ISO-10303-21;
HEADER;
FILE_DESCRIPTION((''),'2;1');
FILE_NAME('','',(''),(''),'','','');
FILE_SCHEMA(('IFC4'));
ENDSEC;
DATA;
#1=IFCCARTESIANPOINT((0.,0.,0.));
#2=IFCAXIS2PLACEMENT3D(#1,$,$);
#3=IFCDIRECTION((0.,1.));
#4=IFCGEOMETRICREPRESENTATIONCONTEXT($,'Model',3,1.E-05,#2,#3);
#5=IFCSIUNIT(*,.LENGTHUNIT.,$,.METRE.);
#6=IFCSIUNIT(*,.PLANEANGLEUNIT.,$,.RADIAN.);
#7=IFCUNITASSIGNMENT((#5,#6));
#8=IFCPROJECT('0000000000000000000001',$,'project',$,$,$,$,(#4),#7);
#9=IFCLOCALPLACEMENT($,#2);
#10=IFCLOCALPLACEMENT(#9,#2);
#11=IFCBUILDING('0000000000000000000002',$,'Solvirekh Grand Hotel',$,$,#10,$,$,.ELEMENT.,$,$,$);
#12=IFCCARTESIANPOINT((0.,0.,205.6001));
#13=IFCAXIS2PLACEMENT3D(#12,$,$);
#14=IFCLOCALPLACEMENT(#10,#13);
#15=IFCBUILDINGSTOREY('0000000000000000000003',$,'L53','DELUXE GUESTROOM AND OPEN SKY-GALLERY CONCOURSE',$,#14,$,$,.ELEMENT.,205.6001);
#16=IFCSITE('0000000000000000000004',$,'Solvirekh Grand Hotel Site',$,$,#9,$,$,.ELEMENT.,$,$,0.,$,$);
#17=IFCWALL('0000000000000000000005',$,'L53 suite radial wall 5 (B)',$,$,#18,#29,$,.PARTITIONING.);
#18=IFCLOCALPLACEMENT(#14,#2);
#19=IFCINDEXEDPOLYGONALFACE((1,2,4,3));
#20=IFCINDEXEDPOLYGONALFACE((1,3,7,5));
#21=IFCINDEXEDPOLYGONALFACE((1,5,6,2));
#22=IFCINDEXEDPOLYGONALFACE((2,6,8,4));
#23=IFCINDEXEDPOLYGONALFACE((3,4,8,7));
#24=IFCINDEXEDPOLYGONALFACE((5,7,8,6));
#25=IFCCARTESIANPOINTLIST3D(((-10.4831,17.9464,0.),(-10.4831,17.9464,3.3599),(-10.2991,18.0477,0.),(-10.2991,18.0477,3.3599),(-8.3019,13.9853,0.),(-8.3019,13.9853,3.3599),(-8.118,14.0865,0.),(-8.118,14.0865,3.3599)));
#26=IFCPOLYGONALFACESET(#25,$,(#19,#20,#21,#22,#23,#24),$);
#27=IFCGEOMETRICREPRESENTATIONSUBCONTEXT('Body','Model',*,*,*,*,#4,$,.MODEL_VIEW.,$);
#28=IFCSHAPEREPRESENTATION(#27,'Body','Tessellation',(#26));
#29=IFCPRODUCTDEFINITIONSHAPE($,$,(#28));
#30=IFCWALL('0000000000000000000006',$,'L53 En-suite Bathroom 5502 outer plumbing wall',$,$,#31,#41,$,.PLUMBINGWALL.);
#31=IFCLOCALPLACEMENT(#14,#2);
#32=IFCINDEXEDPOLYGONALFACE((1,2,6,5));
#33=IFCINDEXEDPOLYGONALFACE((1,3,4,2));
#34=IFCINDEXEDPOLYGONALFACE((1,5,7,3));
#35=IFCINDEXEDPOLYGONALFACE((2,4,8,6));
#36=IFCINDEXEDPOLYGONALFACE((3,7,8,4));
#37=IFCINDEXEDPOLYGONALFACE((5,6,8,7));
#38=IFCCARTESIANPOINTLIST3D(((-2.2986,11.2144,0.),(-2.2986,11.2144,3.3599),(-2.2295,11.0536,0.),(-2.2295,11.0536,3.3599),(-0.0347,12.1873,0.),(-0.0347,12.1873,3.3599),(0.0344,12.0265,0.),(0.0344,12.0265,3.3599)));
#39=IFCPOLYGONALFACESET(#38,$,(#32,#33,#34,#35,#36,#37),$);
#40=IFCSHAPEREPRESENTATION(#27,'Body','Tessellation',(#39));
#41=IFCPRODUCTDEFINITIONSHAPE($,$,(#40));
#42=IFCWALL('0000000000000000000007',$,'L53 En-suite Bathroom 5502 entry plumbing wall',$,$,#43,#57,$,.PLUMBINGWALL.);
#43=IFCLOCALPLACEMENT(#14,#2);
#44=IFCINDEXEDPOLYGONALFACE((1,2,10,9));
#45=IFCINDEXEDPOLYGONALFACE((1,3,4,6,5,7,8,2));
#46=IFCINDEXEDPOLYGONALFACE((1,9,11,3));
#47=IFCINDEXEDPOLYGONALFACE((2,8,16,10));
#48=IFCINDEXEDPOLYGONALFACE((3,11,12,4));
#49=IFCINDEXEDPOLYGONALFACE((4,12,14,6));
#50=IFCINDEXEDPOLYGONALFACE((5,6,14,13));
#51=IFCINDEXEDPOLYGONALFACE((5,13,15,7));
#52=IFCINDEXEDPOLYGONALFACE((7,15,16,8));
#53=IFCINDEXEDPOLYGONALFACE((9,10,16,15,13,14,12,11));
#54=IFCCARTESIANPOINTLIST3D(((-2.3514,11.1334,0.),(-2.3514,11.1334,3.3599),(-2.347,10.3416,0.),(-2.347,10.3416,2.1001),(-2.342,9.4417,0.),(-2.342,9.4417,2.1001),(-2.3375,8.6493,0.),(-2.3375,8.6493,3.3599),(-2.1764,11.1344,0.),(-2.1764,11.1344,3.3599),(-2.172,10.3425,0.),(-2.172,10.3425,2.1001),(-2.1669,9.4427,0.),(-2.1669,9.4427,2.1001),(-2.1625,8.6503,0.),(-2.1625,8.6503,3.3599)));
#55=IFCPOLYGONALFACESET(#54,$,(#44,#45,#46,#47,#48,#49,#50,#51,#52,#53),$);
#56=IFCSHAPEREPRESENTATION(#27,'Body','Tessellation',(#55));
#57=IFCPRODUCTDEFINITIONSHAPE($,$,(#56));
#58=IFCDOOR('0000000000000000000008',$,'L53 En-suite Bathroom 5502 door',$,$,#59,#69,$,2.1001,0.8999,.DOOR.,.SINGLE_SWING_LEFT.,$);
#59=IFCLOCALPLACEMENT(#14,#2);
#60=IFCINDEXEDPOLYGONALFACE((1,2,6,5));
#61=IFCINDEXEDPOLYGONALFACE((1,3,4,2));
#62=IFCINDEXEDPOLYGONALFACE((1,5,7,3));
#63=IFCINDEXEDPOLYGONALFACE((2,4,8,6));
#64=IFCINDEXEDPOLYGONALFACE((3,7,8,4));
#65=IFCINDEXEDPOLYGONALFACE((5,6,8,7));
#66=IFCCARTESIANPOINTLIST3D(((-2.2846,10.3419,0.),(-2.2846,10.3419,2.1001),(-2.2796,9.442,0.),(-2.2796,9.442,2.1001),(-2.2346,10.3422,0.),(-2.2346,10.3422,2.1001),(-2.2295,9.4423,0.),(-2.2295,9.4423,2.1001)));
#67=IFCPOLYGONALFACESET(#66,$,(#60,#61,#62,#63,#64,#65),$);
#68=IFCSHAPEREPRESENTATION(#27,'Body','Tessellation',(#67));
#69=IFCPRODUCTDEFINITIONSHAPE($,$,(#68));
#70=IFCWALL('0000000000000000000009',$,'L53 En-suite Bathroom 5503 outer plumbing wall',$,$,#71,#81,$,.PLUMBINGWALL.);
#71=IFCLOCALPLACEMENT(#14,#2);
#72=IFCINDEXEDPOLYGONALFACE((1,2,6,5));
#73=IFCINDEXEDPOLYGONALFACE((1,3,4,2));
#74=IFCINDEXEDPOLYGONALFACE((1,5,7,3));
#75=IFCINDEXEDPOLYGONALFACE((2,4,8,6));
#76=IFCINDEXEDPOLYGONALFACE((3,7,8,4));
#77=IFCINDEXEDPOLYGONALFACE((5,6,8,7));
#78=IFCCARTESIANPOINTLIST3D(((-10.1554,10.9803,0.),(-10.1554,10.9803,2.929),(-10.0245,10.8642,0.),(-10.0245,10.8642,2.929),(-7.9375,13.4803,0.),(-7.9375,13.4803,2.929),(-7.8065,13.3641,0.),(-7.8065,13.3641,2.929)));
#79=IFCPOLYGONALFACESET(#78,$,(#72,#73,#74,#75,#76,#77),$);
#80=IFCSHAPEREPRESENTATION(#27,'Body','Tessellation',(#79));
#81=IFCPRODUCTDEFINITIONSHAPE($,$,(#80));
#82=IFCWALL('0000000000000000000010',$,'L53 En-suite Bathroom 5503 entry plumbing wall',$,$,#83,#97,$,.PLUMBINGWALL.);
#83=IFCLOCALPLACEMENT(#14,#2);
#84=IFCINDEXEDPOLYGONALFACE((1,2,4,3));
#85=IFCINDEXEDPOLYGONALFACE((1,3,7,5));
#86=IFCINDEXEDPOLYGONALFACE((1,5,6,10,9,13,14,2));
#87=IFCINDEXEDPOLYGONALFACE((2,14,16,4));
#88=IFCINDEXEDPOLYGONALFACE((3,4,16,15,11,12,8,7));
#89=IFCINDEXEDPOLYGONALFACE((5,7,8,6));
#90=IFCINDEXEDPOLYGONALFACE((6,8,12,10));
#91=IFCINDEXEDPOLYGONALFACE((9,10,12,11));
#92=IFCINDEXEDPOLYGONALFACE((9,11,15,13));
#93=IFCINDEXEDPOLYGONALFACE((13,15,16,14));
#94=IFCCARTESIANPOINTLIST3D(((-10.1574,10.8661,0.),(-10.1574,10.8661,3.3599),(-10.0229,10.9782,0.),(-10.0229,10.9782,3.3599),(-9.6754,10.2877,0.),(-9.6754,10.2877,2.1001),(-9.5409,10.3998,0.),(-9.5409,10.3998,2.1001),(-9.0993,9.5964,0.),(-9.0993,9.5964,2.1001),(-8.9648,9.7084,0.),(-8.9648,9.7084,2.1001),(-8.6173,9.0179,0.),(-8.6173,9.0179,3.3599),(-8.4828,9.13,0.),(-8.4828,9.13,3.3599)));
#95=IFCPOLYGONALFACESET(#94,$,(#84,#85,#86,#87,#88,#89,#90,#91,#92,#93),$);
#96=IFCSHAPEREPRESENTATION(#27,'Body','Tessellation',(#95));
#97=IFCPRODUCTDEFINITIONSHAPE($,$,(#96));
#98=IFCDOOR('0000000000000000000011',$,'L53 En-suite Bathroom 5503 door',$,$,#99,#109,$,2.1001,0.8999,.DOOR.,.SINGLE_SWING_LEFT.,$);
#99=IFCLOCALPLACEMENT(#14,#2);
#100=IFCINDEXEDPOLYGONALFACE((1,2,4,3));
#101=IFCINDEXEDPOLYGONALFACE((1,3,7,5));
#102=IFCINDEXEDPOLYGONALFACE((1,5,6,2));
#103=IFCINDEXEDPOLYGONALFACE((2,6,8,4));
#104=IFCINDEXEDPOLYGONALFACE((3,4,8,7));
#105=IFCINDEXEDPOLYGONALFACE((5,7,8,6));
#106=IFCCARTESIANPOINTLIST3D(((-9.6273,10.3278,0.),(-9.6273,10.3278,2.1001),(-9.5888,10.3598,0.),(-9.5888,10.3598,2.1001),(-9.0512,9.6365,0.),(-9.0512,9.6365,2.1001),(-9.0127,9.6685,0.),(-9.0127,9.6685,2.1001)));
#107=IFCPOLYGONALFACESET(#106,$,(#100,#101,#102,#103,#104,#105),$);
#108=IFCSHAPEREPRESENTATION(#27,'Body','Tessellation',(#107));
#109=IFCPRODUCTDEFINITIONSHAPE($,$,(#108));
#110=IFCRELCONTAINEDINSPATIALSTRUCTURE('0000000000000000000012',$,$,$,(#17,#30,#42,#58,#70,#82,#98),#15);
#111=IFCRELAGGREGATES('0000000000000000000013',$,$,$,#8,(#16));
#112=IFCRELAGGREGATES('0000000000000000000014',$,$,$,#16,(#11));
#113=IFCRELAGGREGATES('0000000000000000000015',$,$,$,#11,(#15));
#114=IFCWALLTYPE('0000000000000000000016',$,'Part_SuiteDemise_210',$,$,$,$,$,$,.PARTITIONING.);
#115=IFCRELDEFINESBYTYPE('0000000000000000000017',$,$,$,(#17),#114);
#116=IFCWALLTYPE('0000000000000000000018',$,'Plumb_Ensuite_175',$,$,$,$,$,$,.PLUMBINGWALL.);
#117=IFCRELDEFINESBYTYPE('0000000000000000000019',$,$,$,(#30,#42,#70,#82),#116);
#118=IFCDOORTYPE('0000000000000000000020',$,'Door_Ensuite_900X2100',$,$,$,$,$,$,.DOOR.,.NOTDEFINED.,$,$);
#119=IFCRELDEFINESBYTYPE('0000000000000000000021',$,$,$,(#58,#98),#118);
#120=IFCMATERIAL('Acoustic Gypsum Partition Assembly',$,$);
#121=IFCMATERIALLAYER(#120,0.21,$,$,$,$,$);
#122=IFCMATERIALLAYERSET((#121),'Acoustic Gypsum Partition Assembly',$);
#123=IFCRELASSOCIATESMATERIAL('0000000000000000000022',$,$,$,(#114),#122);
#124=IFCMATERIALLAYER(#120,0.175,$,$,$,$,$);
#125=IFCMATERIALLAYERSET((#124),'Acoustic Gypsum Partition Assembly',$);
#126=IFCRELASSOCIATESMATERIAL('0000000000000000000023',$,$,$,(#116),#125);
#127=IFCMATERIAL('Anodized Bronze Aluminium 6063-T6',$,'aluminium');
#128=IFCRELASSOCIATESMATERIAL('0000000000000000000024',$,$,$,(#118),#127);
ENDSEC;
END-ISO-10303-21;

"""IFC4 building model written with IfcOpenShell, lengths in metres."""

from ifc_helpers import new_model, si_unit, direction, frame, frame_2d, origin, place, context, subcontext, project, spatial, rectangle, extrude, material, layer, layer_set, type_object, element, fill, save


model = new_model("IFC4")

# Units and contexts
model_context = context("Model", 3, precision=1e-05, world=origin(), true_north=direction((0.0, 1.0)))
body_context = subcontext(model_context, "Body", "Model", "MODEL_VIEW")
ifc_project = project(units=[si_unit("LENGTHUNIT", "METRE"), si_unit("PLANEANGLEUNIT", "RADIAN")], contexts=[model_context])

# Site, building, storey
site_placement = place(None, origin())
site = spatial("IfcSite", under=ifc_project, at=site_placement, Name="Solvirekh Grand Hotel Site", CompositionType="ELEMENT", RefElevation=0.0)
building_placement = place(site_placement, origin())
building = spatial("IfcBuilding", under=site, at=building_placement, Name="Solvirekh Grand Hotel", CompositionType="ELEMENT")
storey_placement = place(building_placement, frame((0.0, 0.0, 205.6001)))
storey = spatial("IfcBuildingStorey", under=building, at=storey_placement, Name="L53", Description="DELUXE GUESTROOM AND OPEN SKY-GALLERY CONCOURSE", CompositionType="ELEMENT", Elevation=205.6001)

# Shared definitions
ifc_material_1 = material(Name="Anodized Bronze Aluminium 6063-T6", Category="aluminium")

# Shared definitions
ifc_material_2 = material(Name="Acoustic Gypsum Partition Assembly")

# Walls
ifc_layer_1 = layer(ifc_material_2, 0.21)
ifc_layer_set_1 = layer_set([ifc_layer_1], Name="Acoustic Gypsum Partition Assembly")
wall_type_1 = type_object("IfcWallType", Name="Part_SuiteDemise_210", PredefinedType="PARTITIONING", material=ifc_layer_set_1)
wall_1_placement = place(storey_placement, frame((-8.21, 14.0359, 0.0), z_axis=(0.0, 0.0, 1.0), x_axis=(-0.482344, 0.875982, 0.0)))
element("IfcWall", 1, at=wall_1_placement, inside=storey, type_object=wall_type_1, Name="L53 suite radial wall 5 (B)", PredefinedType="PARTITIONING", context=body_context, shape_type="SweptSolid", body=[
    extrude(rectangle(XDim=4.522, YDim=0.21, at=frame_2d((2.261, 0.0))), origin(), (0.0, 0.0, 1.0), 3.3599),
])
ifc_layer_2 = layer(ifc_material_2, 0.175)
ifc_layer_set_2 = layer_set([ifc_layer_2], Name="Acoustic Gypsum Partition Assembly")
wall_type_2 = type_object("IfcWallType", Name="Plumb_Ensuite_175", PredefinedType="PLUMBINGWALL", material=ifc_layer_set_2)
wall_2_placement = place(storey_placement, frame((-2.2639, 11.134, 0.0), z_axis=(0.0, 0.0, 1.0), x_axis=(0.918755, 0.394828, 0.0)))
element("IfcWall", 2, at=wall_2_placement, inside=storey, type_object=wall_type_2, Name="L53 En-suite Bathroom 5502 outer plumbing wall", PredefinedType="PLUMBINGWALL", context=body_context, shape_type="SweptSolid", body=[
    extrude(rectangle(XDim=2.4641, YDim=0.175, at=frame_2d((1.2319, 0.0))), origin(), (0.0, 0.0, 1.0), 3.3599),
])

# Wall, opening, door
wall_3_placement = place(storey_placement, frame((-2.2639, 11.134, 0.0), z_axis=(0.0, 0.0, 1.0), x_axis=(0.005602, -0.999984, 0.0)))
wall_3 = element("IfcWall", 3, at=wall_3_placement, inside=storey, type_object=wall_type_2, Name="L53 En-suite Bathroom 5502 entry plumbing wall", PredefinedType="PLUMBINGWALL", context=body_context, shape_type="SweptSolid", body=[
    extrude(rectangle(XDim=2.4841, YDim=0.175, at=frame_2d((1.2422, 0.0))), origin(), (0.0, 0.0, 1.0), 3.3599),
])
opening_1_placement = place(wall_3_placement, frame((0.792, 0.0, 0.0)))
opening_1 = element("IfcOpeningElement", 4, at=opening_1_placement, cuts=wall_3, PredefinedType="OPENING", context=body_context, shape_type="SweptSolid", body=[
    extrude(rectangle(XDim=0.8999, YDim=2.1001, at=frame_2d((0.45, 1.05))), frame((0.0, 0.0977, 0.0), z_axis=(0.0, -1.0, 0.0), x_axis=(1.0, 0.0, 0.0)), (0.0, 0.0, 1.0), 0.1951),
])
door_type_1 = type_object("IfcDoorType", Name="Door_Ensuite_900X2100", OperationType="NOTDEFINED", PredefinedType="DOOR", material=ifc_material_1)
door_1_placement = place(opening_1_placement, origin())
door_1 = element("IfcDoor", 5, at=door_1_placement, inside=storey, type_object=door_type_1, Name="L53 En-suite Bathroom 5502 door", OperationType="SINGLE_SWING_LEFT", OverallHeight=2.1001, OverallWidth=0.8999, PredefinedType="DOOR", context=body_context, shape_type="SweptSolid", body=[
    extrude(rectangle(XDim=0.8999, YDim=2.1001, at=frame_2d((0.45, 1.05))), frame((0.0, 0.0249, 0.0), z_axis=(0.0, -1.0, 0.0), x_axis=(1.0, 0.0, 0.0)), (0.0, 0.0, 1.0), 0.05),
])
fill(opening_1, door_1)

# Wall
wall_4_placement = place(storey_placement, frame((-7.8721, 13.4221, 0.0), z_axis=(0.0, 0.0, 1.0), x_axis=(-0.663661, -0.748034, 0.0)))
element("IfcWall", 6, at=wall_4_placement, inside=storey, type_object=wall_type_2, Name="L53 En-suite Bathroom 5503 outer plumbing wall", PredefinedType="PLUMBINGWALL", context=body_context, shape_type="SweptSolid", body=[
    extrude(rectangle(XDim=3.342, YDim=0.175, at=frame_2d((1.6709, 0.0))), origin(), (0.0, 0.0, 1.0), 2.929),
])

# Wall, opening, door
wall_5_placement = place(storey_placement, frame((-8.55, 9.074, 0.0), z_axis=(0.0, 0.0, 1.0), x_axis=(-0.640164, 0.768238, 0.0)))
wall_5 = element("IfcWall", 7, at=wall_5_placement, inside=storey, type_object=wall_type_2, Name="L53 En-suite Bathroom 5503 entry plumbing wall", PredefinedType="PLUMBINGWALL", context=body_context, shape_type="SweptSolid", body=[
    extrude(rectangle(XDim=2.4058, YDim=0.175, at=frame_2d((1.2029, 0.0))), origin(), (0.0, 0.0, 1.0), 3.3599),
])
opening_2_placement = place(wall_5_placement, frame((0.7529, 0.0, 0.0)))
opening_2 = element("IfcOpeningElement", 8, at=opening_2_placement, cuts=wall_5, PredefinedType="OPENING", context=body_context, shape_type="SweptSolid", body=[
    extrude(rectangle(XDim=0.8999, YDim=2.1001, at=frame_2d((0.45, 1.05))), frame((0.0, 0.0977, 0.0), z_axis=(0.0, -1.0, 0.0), x_axis=(1.0, 0.0, 0.0)), (0.0, 0.0, 1.0), 0.1951),
])
door_2_placement = place(opening_2_placement, origin())
door_2 = element("IfcDoor", 9, at=door_2_placement, inside=storey, type_object=door_type_1, Name="L53 En-suite Bathroom 5503 door", OperationType="SINGLE_SWING_LEFT", OverallHeight=2.1001, OverallWidth=0.8999, PredefinedType="DOOR", context=body_context, shape_type="SweptSolid", body=[
    extrude(rectangle(XDim=0.8999, YDim=2.1001, at=frame_2d((0.45, 1.05))), frame((0.0, 0.0249, 0.0), z_axis=(0.0, -1.0, 0.0), x_axis=(1.0, 0.0, 0.0)), (0.0, 0.0, 1.0), 0.05),
])
fill(opening_2, door_2)

save(model, "model.ifc")
